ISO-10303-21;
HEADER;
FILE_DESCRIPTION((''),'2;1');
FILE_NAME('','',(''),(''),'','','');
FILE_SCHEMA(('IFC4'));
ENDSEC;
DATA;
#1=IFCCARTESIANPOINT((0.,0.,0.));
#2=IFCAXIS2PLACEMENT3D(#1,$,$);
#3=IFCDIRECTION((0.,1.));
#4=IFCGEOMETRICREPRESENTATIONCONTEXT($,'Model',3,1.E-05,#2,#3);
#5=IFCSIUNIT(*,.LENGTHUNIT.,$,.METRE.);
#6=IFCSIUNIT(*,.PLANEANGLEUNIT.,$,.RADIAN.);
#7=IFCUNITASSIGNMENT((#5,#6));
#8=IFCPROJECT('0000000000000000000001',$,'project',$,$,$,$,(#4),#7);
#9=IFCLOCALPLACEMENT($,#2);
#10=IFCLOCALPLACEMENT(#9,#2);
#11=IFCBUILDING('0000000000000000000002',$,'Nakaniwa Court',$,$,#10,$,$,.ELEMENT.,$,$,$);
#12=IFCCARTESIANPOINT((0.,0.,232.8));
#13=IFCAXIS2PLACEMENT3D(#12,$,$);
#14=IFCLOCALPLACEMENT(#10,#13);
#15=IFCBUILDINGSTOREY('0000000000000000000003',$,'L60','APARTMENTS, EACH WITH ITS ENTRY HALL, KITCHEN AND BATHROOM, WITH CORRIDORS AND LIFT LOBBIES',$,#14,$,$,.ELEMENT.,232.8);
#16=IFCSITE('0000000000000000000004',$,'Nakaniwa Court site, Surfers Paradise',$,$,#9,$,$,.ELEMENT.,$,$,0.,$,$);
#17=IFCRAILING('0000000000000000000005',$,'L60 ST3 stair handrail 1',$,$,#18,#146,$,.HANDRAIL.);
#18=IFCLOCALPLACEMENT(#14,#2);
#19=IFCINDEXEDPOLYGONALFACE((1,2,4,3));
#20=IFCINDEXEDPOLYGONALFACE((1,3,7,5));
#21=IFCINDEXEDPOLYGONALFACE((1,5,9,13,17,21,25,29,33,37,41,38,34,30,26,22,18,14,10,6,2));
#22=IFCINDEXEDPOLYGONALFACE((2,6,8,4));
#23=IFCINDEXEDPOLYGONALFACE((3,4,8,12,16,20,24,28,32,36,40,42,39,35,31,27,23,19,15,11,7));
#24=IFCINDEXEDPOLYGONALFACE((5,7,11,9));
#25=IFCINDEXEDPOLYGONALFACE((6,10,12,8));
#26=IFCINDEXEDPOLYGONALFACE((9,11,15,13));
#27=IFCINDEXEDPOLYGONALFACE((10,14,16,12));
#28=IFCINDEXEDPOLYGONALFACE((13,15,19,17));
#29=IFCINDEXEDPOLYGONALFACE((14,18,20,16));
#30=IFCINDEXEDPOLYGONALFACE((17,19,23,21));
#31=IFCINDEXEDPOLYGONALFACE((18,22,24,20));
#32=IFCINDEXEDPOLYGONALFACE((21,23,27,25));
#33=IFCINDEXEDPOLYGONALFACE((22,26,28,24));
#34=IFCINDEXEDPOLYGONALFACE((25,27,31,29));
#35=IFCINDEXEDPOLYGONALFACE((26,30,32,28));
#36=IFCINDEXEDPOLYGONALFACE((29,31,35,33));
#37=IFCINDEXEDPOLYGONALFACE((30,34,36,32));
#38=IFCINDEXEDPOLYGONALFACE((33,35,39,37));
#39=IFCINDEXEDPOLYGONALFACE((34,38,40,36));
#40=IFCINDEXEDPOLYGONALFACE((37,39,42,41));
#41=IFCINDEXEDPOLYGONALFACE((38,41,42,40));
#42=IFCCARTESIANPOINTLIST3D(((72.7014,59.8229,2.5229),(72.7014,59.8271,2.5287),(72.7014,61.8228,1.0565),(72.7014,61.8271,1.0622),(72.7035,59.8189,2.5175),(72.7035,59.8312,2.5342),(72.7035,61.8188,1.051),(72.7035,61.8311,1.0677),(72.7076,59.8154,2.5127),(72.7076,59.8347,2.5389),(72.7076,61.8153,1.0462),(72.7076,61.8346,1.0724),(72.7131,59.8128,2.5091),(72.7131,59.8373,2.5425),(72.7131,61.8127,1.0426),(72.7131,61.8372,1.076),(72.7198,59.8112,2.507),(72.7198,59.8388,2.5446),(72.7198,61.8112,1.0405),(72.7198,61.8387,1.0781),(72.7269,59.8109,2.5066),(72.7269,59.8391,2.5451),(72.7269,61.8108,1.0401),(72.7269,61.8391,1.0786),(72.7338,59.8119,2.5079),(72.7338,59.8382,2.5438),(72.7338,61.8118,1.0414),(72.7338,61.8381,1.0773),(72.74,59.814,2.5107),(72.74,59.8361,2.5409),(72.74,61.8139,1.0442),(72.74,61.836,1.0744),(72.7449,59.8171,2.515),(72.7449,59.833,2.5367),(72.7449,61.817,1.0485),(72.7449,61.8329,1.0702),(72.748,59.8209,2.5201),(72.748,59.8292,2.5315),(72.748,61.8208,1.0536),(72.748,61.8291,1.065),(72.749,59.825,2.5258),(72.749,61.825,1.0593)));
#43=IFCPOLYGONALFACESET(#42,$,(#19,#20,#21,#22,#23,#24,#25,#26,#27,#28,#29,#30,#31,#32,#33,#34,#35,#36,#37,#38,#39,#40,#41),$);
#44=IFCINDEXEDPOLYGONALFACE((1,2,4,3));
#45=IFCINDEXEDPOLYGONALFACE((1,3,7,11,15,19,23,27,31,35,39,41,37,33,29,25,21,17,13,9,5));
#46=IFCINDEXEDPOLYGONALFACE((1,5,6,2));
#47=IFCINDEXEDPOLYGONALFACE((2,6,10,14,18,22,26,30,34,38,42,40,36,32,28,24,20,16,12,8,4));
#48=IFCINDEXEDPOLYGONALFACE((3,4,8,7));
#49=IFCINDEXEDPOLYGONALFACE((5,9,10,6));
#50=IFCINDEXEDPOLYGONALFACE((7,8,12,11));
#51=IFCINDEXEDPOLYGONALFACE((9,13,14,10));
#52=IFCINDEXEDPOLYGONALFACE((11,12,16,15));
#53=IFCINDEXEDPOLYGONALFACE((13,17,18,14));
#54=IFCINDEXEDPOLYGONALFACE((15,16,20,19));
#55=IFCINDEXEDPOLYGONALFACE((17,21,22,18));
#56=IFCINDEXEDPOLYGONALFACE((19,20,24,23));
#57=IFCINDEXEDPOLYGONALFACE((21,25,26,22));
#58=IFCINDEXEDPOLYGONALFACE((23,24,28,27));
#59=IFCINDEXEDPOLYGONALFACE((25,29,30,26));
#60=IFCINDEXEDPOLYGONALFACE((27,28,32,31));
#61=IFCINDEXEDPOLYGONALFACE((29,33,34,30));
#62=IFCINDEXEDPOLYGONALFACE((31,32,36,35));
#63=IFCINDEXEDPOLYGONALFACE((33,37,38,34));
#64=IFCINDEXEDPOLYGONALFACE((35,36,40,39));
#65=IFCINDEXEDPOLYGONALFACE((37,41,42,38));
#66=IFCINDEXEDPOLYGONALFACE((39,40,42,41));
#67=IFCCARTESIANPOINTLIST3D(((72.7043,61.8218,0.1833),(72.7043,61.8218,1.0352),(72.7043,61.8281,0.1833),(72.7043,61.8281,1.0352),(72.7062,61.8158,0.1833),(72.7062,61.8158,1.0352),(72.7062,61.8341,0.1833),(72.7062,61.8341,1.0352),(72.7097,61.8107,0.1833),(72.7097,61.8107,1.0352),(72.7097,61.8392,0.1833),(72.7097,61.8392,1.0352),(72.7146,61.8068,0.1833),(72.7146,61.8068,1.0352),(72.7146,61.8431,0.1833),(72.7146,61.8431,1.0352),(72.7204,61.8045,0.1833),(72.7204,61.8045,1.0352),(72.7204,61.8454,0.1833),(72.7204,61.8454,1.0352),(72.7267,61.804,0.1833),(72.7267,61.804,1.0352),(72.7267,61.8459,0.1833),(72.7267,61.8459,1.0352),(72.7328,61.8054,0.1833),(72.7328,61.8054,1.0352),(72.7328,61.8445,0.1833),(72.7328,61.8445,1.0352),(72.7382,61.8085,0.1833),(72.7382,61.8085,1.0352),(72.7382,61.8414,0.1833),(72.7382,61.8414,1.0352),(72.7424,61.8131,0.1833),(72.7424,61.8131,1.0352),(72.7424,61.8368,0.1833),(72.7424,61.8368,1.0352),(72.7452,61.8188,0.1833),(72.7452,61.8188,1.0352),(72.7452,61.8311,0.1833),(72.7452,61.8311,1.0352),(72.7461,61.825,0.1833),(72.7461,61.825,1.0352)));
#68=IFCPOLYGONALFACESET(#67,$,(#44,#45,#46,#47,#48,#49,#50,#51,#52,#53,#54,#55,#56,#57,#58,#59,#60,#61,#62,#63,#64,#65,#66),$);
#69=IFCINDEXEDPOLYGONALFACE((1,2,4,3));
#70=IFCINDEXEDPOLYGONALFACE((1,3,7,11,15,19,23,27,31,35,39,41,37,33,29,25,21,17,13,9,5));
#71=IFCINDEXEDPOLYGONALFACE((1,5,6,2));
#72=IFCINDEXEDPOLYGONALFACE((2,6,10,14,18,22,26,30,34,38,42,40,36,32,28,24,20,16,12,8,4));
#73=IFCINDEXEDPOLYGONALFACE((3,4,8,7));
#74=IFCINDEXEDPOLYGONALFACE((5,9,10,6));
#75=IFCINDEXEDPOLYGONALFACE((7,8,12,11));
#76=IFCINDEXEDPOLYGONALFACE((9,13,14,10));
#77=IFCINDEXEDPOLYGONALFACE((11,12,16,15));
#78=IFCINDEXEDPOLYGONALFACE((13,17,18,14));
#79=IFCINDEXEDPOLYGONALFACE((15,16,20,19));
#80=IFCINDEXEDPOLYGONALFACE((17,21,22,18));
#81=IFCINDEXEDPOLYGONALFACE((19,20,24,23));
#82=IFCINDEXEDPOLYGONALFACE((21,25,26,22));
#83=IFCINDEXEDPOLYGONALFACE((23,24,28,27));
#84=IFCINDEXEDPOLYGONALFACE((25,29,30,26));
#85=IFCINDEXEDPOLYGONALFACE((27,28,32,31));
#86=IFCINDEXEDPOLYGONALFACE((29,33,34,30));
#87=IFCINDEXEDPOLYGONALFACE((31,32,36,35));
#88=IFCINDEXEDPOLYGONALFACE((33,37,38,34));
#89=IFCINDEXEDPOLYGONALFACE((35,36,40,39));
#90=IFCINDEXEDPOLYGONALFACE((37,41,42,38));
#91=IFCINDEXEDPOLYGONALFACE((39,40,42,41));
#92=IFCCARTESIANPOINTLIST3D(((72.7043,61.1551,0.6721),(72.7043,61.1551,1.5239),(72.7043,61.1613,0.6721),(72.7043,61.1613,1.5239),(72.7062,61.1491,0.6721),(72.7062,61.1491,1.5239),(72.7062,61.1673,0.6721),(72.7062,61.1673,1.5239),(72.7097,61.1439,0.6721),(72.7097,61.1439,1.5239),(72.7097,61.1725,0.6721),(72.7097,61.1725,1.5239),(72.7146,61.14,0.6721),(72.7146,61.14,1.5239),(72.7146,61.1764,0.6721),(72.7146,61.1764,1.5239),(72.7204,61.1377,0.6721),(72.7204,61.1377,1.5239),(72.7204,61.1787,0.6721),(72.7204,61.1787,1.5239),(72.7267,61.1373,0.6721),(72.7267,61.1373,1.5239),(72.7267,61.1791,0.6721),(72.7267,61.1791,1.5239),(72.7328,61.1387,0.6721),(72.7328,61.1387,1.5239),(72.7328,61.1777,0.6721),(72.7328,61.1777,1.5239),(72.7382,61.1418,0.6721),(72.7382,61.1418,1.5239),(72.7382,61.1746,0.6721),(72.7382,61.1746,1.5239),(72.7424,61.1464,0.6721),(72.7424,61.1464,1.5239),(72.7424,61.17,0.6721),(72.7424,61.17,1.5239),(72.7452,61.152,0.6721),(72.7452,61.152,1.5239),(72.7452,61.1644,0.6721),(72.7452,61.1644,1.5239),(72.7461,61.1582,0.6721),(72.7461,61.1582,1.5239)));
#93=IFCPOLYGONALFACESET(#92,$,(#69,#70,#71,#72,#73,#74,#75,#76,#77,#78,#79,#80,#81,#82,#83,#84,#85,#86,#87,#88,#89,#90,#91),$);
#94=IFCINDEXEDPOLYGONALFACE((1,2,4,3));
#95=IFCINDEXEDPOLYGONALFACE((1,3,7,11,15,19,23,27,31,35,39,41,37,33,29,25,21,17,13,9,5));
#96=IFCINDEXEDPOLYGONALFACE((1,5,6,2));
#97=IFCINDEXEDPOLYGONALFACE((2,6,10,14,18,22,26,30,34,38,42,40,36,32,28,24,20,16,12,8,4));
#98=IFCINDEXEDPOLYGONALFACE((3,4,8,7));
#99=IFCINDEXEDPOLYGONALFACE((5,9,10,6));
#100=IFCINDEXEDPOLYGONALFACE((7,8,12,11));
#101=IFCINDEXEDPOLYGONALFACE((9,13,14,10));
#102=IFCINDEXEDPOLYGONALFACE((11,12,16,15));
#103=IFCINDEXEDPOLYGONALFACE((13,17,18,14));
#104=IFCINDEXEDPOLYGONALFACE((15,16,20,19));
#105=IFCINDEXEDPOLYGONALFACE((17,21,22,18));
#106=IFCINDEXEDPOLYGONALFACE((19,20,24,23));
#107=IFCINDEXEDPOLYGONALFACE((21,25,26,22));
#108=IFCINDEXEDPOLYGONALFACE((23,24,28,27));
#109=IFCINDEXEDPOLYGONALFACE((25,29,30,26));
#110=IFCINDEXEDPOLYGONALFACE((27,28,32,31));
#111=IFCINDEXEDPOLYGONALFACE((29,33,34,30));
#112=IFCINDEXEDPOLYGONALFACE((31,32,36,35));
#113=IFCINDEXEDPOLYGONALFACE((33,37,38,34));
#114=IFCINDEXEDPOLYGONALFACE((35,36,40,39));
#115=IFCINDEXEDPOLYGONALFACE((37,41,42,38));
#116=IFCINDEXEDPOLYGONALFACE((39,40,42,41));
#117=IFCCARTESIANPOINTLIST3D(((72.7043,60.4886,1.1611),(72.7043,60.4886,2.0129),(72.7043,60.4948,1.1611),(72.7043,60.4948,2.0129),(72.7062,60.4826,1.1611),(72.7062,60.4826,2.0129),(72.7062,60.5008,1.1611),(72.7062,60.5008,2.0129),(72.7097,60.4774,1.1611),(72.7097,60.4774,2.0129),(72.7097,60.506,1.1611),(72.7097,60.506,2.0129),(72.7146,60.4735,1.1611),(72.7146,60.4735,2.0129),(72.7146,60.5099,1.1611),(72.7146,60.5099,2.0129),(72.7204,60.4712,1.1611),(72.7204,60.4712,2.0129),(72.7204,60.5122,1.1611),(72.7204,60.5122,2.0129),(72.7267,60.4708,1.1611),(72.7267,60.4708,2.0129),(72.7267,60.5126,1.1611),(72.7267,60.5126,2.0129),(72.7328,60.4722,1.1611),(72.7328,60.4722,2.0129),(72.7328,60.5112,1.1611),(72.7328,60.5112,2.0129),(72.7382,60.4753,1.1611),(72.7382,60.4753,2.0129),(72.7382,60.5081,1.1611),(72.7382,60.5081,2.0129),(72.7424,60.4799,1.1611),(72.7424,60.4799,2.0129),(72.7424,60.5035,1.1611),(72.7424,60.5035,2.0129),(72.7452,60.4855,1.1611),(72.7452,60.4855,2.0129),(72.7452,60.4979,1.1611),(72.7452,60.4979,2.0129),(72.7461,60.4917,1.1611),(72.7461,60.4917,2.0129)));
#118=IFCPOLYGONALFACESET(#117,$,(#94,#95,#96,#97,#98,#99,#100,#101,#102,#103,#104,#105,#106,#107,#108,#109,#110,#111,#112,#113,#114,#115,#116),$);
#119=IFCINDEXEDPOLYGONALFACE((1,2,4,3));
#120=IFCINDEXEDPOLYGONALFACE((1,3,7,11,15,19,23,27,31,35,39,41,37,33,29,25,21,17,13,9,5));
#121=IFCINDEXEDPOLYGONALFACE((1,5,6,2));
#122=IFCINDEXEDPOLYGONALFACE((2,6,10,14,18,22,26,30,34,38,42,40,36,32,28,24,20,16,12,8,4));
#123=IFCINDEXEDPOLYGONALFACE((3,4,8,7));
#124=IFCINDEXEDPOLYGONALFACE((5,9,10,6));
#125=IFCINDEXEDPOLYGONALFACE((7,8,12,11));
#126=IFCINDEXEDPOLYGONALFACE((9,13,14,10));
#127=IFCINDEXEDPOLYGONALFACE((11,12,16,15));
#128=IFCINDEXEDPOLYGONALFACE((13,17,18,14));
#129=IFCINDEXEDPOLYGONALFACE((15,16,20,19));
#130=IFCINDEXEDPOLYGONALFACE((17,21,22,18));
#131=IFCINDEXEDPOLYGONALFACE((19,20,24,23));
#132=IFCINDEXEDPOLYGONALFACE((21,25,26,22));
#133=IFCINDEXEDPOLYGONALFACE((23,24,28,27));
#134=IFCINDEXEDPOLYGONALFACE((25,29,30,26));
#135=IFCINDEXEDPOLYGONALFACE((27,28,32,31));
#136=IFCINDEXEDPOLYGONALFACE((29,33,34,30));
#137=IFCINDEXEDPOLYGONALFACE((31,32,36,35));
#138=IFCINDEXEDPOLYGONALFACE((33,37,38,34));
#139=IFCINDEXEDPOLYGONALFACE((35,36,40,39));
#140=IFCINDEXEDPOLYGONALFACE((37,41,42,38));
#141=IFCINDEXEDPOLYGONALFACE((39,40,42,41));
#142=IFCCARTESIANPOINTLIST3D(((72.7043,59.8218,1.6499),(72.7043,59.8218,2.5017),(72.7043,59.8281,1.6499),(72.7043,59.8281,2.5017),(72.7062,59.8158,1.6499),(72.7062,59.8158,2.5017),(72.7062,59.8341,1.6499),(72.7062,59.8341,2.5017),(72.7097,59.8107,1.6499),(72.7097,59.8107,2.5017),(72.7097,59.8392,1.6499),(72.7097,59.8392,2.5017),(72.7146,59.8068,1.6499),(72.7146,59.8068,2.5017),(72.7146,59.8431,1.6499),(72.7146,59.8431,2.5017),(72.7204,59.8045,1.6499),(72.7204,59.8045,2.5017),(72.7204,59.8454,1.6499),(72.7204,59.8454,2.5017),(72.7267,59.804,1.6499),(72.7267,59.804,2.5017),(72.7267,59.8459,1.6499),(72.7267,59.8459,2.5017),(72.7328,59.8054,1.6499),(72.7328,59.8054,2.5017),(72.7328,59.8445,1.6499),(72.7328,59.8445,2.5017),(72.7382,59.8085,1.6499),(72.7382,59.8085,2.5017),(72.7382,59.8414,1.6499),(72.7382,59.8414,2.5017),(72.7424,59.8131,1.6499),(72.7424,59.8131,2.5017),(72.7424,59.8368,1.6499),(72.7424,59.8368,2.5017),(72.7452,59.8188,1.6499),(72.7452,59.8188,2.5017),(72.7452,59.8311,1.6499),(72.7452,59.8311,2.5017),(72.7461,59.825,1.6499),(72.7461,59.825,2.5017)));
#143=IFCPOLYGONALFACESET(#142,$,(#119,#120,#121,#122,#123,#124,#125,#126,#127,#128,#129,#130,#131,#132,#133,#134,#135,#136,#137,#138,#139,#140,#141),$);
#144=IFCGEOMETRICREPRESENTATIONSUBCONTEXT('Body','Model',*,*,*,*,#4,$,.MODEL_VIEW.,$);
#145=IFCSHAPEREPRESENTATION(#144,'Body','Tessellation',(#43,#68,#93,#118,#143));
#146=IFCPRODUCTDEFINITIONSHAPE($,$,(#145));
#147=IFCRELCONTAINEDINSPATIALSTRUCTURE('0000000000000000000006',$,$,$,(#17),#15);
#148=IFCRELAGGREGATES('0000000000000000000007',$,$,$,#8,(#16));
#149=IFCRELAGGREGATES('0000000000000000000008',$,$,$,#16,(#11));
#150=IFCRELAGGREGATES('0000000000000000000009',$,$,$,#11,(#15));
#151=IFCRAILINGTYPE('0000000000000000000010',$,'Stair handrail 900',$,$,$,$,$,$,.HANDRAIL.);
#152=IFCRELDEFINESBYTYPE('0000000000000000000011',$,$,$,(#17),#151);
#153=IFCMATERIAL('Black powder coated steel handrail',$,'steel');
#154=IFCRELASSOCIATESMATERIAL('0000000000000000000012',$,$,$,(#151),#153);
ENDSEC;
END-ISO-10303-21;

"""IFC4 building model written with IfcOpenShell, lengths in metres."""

from ifc_helpers import new_model, si_unit, direction, frame, origin, origin_2d, place, context, subcontext, project, spatial, circle, extrude, material, type_object, element, save


model = new_model("IFC4")

# Units and contexts
model_context = context("Model", 3, precision=1e-05, world=origin(), true_north=direction((0.0, 1.0)))
body_context = subcontext(model_context, "Body", "Model", "MODEL_VIEW")
ifc_project = project(units=[si_unit("LENGTHUNIT", "METRE"), si_unit("PLANEANGLEUNIT", "RADIAN")], contexts=[model_context])

# Site, building, storey
site_placement = place(None, origin())
site = spatial("IfcSite", under=ifc_project, at=site_placement, Name="Nakaniwa Court site, Surfers Paradise", CompositionType="ELEMENT", RefElevation=0.0)
building_placement = place(site_placement, origin())
building = spatial("IfcBuilding", under=site, at=building_placement, Name="Nakaniwa Court", CompositionType="ELEMENT")
storey_placement = place(building_placement, frame((0.0, 0.0, 232.8)))
storey = spatial("IfcBuildingStorey", under=building, at=storey_placement, Name="L60", Description="APARTMENTS, EACH WITH ITS ENTRY HALL, KITCHEN AND BATHROOM, WITH CORRIDORS AND LIFT LOBBIES", CompositionType="ELEMENT", Elevation=232.8)

# Railing
ifc_material_1 = material(Name="Black powder coated steel handrail", Category="steel")
railing_type_1 = type_object("IfcRailingType", Name="Stair handrail 900", PredefinedType="HANDRAIL", material=ifc_material_1)
railing_1_placement = place(storey_placement, frame((72.7251, 61.825, 0.1833)))
element("IfcRailing", 1, at=railing_1_placement, inside=storey, type_object=railing_type_1, Name="L60 ST3 stair handrail 1", PredefinedType="HANDRAIL", context=body_context, shape_type="SweptSolid", body=[
    extrude(circle(Radius=0.0239, at=origin_2d()), frame((0.0, 0.0, 0.876), z_axis=(0.0, -0.806427, 0.591334), x_axis=(1.0, 0.0, 0.0)), (0.0, 0.0, 1.0), 2.48),
    extrude(circle(Radius=0.021, at=origin_2d()), origin(), (0.0, 0.0, 1.0), 0.8518),
    extrude(circle(Radius=0.021, at=origin_2d()), frame((0.0, -0.6667, 0.4888)), (0.0, 0.0, 1.0), 0.8518),
    extrude(circle(Radius=0.021, at=origin_2d()), frame((0.0, -1.3333, 0.9778)), (0.0, 0.0, 1.0), 0.8518),
    extrude(circle(Radius=0.021, at=origin_2d()), frame((0.0, -2.0, 1.4666)), (0.0, 0.0, 1.0), 0.8518),
])

save(model, "model.ifc")
